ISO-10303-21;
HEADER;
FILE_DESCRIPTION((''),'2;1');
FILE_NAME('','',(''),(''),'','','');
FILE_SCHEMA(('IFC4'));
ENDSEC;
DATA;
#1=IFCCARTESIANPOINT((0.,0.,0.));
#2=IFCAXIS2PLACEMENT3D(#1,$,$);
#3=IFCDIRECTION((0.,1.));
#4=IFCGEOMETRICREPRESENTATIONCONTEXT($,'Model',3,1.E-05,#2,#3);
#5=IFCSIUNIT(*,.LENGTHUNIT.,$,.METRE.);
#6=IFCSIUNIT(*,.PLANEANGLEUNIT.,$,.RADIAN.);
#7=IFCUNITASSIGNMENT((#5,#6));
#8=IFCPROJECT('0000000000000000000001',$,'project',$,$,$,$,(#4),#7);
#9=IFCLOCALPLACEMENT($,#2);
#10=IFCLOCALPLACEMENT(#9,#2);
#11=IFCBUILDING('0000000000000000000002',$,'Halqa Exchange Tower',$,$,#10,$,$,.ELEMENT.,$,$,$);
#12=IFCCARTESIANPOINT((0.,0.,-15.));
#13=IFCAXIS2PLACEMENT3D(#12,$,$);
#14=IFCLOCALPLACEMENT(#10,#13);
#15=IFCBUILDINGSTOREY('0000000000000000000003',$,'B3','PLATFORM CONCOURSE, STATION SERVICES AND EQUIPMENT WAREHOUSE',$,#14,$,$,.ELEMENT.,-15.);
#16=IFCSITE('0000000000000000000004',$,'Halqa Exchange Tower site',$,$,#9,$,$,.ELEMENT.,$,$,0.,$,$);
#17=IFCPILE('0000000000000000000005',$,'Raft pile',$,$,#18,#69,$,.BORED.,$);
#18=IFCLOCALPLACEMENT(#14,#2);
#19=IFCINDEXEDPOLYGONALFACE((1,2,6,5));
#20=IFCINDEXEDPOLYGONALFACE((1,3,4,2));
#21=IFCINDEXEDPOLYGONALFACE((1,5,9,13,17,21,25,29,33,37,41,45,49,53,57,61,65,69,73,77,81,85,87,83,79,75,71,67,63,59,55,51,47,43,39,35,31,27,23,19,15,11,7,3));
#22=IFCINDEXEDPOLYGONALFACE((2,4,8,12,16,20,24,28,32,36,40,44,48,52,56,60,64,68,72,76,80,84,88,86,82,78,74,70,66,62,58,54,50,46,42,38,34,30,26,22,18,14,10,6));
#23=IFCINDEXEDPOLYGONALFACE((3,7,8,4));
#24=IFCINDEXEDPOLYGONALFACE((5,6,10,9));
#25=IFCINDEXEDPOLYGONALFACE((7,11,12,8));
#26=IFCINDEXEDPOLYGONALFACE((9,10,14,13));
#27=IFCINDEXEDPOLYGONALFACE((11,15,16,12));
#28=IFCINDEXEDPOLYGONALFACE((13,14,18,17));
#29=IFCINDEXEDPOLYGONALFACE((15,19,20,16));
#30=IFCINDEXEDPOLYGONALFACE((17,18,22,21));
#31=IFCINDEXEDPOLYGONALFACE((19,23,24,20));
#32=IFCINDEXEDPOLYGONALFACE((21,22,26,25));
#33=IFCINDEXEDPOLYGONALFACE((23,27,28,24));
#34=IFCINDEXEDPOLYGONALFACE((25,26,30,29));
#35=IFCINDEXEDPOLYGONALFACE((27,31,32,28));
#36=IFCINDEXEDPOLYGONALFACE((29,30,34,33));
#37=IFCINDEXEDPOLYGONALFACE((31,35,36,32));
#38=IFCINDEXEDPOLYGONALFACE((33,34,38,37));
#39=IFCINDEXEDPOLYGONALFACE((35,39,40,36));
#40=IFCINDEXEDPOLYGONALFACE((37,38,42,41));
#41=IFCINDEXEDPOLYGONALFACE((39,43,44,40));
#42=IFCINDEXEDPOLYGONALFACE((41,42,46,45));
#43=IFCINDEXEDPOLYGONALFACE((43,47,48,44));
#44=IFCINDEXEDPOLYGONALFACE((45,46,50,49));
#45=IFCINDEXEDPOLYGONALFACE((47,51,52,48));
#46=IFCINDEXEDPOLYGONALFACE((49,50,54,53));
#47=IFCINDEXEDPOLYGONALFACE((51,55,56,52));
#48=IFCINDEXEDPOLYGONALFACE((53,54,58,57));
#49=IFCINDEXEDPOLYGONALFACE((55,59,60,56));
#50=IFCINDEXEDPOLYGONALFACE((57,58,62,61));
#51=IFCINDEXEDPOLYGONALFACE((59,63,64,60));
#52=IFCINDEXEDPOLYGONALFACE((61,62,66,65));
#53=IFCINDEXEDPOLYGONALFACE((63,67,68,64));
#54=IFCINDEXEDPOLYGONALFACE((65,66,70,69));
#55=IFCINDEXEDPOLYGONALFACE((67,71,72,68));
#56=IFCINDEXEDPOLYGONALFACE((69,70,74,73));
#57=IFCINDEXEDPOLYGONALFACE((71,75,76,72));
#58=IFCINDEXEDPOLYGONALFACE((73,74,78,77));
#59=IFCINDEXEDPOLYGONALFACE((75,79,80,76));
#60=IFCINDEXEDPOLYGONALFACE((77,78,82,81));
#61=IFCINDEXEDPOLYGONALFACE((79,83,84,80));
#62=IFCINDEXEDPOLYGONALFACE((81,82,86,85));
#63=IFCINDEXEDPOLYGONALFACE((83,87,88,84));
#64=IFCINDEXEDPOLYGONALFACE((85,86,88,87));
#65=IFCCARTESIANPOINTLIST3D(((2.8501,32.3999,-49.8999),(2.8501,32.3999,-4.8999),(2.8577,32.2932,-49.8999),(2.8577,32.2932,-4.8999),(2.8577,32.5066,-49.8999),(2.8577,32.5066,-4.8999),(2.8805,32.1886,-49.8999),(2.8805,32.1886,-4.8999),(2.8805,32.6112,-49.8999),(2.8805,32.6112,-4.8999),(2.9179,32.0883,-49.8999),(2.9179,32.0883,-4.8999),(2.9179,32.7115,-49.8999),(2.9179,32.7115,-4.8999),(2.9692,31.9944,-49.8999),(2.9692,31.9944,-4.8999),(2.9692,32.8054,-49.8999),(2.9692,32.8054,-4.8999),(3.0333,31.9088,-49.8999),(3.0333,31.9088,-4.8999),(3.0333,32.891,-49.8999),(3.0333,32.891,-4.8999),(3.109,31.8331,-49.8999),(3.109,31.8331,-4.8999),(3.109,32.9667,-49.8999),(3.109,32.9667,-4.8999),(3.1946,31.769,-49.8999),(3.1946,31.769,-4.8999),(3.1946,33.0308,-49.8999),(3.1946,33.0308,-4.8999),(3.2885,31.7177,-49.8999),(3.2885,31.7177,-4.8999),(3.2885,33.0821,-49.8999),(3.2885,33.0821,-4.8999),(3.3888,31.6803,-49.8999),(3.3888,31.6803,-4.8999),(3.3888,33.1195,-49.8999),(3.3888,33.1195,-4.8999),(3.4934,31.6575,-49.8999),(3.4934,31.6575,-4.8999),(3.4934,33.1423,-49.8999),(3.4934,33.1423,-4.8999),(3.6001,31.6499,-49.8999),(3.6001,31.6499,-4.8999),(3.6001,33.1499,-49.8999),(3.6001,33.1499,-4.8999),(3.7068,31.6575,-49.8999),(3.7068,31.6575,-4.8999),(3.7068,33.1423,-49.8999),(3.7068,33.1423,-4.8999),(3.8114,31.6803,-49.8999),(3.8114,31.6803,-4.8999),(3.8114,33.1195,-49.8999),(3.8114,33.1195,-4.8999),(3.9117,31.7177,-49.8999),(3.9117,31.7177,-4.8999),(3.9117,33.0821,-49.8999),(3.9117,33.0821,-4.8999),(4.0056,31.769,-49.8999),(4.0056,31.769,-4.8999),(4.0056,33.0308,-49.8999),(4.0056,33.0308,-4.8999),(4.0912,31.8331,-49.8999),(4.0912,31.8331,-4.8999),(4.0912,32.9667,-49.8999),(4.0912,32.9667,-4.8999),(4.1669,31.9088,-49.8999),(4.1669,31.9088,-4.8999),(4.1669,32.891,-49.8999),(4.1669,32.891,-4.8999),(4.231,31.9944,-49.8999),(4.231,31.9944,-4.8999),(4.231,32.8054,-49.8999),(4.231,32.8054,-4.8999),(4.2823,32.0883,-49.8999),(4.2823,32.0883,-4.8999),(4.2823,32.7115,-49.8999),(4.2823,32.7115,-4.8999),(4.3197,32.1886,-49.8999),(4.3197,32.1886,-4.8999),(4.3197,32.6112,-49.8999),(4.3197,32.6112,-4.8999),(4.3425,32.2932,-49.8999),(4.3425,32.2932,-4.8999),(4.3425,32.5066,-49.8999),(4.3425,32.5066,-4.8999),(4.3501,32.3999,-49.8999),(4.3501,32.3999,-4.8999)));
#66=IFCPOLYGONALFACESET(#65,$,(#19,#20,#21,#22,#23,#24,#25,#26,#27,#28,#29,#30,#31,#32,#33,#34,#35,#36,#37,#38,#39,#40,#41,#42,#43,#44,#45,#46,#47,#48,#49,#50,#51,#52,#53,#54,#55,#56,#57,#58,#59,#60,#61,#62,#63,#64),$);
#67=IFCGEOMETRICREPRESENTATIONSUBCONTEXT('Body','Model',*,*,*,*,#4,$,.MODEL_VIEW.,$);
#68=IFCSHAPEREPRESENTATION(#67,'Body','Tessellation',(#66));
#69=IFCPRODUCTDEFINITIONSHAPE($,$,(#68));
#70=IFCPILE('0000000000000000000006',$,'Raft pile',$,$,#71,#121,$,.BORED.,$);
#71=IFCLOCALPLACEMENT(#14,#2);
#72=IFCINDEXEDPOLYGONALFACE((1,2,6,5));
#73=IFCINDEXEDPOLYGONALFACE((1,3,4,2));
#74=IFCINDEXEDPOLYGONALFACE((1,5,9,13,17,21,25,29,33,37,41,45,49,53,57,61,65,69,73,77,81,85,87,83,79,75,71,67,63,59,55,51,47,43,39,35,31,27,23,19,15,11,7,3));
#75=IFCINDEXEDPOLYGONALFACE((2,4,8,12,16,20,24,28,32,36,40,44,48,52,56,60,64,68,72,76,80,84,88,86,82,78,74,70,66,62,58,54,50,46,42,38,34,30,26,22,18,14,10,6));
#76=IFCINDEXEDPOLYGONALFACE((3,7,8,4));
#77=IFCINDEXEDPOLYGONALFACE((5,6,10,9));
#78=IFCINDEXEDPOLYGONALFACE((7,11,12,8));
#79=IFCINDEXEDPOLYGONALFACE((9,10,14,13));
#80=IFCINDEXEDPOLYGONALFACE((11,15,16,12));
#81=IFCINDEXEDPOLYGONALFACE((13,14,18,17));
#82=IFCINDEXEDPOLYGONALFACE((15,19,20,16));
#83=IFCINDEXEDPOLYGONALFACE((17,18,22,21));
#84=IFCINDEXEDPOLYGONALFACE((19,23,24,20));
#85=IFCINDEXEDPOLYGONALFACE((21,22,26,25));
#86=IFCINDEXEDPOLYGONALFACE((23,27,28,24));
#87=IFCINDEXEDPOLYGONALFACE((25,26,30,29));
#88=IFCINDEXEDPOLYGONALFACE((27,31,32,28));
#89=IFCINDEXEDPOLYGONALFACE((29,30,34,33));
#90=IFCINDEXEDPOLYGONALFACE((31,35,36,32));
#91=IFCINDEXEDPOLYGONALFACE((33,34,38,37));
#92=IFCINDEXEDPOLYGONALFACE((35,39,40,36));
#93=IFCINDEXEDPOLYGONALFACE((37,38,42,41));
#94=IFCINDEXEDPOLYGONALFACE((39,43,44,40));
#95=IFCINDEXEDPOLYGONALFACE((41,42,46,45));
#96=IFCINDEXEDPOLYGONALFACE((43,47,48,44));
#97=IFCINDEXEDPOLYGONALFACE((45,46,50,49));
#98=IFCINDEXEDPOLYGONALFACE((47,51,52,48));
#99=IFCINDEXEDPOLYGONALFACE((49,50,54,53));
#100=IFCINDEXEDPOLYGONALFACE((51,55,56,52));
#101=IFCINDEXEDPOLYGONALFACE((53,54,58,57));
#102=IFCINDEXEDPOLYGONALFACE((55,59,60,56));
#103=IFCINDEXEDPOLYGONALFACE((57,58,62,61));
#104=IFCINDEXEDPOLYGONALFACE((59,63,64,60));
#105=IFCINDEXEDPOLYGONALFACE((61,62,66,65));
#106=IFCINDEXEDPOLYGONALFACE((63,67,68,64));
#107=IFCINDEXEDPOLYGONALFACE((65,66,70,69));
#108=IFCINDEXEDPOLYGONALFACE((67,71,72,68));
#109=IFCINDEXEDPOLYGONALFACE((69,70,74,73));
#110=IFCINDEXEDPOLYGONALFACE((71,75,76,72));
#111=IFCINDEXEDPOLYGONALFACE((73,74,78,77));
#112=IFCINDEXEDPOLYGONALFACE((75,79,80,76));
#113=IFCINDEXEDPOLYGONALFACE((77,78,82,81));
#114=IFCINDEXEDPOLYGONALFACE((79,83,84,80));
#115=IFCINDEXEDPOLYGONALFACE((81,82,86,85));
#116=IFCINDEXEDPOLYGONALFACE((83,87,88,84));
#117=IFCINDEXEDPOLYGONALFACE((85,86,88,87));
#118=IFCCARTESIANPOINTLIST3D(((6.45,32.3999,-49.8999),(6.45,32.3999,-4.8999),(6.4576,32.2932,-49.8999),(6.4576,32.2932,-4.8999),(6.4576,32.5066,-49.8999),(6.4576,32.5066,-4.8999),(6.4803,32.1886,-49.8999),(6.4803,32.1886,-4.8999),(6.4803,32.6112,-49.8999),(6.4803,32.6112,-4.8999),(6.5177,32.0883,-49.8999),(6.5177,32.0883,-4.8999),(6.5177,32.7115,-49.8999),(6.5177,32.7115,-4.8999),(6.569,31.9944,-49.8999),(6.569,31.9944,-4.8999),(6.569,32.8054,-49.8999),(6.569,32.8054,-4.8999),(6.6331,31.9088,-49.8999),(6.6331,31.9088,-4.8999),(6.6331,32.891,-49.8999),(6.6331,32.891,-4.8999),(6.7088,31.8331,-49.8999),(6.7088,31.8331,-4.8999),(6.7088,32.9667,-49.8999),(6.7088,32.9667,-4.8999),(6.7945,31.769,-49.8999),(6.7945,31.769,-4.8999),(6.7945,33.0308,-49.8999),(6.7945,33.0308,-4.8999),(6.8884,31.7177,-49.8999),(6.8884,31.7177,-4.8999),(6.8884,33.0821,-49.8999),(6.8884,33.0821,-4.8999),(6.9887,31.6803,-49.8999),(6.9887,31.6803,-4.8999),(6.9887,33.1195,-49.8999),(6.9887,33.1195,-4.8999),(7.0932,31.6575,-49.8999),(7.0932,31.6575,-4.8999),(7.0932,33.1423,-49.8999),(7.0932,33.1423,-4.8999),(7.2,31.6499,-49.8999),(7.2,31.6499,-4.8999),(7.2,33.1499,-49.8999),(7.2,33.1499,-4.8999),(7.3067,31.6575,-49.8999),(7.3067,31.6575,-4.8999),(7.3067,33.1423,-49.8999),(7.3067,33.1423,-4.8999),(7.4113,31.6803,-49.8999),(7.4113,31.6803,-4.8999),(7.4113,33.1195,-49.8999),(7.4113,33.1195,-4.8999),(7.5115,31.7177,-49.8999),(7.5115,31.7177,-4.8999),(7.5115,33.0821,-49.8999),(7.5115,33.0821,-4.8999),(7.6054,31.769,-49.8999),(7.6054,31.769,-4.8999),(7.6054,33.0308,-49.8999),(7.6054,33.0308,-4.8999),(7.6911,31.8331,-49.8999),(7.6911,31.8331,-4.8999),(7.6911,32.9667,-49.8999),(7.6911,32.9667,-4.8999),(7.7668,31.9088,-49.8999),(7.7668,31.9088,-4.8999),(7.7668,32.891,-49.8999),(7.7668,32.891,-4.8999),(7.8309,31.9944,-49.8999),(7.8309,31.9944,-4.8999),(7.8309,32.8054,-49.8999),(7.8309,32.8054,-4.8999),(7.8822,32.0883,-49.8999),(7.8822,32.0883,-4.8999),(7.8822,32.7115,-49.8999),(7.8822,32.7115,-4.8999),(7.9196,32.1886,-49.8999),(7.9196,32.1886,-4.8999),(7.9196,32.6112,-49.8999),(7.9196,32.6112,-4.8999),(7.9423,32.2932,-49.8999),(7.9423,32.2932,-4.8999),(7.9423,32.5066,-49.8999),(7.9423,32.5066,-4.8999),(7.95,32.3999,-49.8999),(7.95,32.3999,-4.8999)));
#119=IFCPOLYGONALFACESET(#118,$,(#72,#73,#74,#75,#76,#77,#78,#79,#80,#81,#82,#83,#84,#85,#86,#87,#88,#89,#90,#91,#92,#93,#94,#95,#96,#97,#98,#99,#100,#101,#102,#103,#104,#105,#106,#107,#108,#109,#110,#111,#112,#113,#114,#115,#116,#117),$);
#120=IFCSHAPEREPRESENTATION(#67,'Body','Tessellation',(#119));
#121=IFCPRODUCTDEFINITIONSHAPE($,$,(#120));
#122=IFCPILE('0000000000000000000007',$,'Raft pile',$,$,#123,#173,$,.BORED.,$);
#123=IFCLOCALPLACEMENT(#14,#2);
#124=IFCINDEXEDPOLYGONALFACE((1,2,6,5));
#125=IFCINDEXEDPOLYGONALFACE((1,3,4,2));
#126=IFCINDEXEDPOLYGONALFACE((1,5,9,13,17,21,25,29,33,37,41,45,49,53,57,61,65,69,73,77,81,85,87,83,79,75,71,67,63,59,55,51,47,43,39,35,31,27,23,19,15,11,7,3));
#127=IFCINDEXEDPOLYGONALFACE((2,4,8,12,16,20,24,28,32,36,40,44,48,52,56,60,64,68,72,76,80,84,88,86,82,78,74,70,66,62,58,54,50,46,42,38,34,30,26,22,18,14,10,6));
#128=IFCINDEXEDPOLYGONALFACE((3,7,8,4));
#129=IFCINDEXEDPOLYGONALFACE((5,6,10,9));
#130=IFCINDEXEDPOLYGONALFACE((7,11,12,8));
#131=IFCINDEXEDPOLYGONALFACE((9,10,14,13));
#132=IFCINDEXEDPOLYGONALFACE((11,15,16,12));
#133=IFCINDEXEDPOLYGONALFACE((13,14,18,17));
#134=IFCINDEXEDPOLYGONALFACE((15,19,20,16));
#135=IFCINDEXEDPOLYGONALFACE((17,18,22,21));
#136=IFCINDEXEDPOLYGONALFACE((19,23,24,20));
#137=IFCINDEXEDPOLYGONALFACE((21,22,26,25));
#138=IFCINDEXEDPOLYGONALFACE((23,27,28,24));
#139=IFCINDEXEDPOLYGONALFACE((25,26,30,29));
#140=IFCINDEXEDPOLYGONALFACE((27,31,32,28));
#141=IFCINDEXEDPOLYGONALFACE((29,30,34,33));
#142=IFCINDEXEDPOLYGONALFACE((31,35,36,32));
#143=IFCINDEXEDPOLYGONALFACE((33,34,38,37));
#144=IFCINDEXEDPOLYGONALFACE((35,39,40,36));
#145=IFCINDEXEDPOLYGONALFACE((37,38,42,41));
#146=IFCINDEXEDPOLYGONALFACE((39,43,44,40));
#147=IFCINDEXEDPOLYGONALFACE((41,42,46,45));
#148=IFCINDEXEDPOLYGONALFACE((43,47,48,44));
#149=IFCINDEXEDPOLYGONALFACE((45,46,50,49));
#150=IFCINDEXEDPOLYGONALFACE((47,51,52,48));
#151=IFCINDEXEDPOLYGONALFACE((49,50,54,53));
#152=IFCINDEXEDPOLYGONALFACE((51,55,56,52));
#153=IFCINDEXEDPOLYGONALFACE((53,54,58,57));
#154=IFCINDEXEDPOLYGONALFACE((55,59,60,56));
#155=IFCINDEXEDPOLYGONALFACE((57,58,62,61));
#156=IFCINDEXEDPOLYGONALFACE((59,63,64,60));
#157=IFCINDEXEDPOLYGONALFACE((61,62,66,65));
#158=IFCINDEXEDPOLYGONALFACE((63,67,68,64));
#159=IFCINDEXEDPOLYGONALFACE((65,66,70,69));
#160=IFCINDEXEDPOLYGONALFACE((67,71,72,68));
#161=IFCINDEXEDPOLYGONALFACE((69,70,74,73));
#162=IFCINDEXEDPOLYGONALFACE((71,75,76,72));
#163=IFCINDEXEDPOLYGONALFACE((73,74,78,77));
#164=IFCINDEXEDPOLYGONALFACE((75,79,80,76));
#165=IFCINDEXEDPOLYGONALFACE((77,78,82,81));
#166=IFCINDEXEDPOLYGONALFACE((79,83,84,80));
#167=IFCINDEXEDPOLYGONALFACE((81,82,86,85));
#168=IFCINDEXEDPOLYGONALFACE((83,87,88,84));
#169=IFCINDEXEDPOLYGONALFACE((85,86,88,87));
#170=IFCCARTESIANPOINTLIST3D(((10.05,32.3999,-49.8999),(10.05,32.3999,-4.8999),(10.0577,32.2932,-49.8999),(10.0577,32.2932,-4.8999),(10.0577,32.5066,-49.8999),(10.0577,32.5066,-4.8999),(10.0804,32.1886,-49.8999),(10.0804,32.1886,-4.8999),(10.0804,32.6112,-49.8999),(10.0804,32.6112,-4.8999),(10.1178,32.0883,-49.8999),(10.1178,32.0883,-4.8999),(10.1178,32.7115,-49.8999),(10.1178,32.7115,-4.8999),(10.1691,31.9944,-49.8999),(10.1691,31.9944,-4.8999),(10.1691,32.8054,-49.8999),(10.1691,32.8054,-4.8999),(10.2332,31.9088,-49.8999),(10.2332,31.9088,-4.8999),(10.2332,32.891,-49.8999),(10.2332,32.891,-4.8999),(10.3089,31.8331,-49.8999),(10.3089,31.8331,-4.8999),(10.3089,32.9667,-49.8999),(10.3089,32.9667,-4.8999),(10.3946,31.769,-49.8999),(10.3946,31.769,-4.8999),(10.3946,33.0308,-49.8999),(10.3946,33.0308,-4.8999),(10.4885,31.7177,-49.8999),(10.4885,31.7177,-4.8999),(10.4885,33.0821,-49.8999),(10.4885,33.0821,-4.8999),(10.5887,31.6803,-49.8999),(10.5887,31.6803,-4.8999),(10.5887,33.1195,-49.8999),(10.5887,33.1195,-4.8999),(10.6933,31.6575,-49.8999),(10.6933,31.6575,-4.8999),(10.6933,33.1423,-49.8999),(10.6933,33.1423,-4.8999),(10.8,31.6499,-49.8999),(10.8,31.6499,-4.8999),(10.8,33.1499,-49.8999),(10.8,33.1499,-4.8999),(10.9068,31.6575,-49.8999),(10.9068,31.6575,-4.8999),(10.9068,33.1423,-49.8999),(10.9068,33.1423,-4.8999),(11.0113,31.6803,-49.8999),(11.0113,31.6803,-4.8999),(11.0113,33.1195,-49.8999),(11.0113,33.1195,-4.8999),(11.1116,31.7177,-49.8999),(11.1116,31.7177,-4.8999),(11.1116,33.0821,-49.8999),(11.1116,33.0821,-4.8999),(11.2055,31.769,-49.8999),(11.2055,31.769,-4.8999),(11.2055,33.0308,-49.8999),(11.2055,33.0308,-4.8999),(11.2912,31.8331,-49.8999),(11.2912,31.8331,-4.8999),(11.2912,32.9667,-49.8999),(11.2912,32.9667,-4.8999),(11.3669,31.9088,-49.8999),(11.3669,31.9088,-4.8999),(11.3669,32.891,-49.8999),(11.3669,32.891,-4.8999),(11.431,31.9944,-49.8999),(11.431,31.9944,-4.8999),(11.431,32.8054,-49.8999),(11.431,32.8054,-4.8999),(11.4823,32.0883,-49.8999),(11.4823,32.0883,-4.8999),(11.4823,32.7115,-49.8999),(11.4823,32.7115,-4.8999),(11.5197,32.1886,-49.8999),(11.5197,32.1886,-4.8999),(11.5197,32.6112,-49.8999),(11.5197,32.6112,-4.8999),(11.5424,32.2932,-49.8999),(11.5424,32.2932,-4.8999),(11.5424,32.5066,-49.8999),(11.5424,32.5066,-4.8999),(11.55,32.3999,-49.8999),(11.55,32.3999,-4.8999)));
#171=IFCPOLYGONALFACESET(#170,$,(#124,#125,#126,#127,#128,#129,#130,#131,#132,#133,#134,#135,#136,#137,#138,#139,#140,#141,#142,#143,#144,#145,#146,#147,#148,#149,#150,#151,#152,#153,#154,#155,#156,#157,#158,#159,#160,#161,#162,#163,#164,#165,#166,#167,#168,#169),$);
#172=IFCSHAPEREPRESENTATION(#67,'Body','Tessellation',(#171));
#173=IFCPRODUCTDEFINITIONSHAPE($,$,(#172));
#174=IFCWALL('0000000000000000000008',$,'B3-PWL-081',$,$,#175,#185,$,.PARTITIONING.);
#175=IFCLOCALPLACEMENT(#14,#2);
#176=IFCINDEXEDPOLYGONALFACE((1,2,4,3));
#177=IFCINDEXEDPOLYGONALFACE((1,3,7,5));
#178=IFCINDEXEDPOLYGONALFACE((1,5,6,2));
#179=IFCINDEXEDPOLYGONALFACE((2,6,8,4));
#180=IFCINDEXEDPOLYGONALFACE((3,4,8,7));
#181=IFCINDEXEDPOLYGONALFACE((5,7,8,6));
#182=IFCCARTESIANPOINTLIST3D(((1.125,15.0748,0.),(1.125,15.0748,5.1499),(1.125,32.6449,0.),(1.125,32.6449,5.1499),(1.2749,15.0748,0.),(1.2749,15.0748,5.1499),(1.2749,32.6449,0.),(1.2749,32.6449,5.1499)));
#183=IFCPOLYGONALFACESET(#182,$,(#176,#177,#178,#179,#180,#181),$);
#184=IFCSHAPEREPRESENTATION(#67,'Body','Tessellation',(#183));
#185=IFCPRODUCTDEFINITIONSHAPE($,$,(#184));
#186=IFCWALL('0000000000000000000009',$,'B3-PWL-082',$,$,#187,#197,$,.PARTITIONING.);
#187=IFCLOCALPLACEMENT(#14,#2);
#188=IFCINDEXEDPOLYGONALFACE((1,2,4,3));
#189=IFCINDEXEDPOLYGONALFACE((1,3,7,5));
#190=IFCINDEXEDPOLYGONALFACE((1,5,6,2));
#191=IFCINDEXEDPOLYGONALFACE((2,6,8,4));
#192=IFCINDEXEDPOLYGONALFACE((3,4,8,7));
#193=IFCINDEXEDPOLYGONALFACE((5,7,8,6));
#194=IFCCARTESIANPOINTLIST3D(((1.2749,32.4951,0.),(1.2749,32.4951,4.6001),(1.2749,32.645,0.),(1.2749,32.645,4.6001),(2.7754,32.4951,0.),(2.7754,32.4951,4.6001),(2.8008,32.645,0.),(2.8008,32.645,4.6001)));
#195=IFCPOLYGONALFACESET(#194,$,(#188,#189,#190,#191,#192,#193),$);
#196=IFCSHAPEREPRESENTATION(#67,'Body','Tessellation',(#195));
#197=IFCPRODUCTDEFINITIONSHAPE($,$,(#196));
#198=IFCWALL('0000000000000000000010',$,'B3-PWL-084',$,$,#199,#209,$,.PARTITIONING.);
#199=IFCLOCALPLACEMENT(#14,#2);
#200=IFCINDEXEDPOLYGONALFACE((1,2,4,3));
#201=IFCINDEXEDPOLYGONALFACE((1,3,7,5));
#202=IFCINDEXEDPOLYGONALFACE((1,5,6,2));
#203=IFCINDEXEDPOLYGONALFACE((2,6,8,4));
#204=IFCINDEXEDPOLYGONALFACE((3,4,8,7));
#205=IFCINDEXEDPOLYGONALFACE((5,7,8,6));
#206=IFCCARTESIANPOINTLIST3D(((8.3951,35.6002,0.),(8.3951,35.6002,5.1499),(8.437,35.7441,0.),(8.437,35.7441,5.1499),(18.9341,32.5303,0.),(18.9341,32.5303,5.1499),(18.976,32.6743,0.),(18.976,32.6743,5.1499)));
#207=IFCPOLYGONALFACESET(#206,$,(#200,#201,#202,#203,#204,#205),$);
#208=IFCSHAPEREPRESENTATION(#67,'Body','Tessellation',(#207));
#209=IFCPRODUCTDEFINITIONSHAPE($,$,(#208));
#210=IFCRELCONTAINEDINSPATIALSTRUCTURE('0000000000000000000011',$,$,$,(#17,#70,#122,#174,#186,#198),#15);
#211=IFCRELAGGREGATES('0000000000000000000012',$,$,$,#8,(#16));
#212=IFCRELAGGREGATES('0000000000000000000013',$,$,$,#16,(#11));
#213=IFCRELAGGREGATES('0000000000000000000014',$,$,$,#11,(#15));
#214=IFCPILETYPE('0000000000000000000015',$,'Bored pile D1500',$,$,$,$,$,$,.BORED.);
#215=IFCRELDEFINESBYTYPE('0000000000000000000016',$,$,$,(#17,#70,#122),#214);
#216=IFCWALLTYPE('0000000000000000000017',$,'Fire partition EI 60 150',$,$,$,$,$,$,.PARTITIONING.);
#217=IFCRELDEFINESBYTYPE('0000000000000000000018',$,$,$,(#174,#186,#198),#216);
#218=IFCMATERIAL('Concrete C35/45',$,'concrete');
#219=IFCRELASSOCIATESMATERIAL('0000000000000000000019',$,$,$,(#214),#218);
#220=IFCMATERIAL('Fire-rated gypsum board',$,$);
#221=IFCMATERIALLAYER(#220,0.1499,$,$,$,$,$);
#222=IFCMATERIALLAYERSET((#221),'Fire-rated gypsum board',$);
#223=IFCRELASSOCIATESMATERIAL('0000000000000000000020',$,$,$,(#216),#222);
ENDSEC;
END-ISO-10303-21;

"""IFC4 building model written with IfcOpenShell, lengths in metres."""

from ifc_helpers import new_model, si_unit, direction, frame, frame_2d, origin, origin_2d, place, context, subcontext, project, spatial, polyline, rectangle, circle, outline, extrude, material, layer, layer_set, material_profile, profile_set, type_object, element, save


model = new_model("IFC4")

# Units and contexts
model_context = context("Model", 3, precision=1e-05, world=origin(), true_north=direction((0.0, 1.0)))
body_context = subcontext(model_context, "Body", "Model", "MODEL_VIEW")
ifc_project = project(units=[si_unit("LENGTHUNIT", "METRE"), si_unit("PLANEANGLEUNIT", "RADIAN")], contexts=[model_context])

# Site, building, storey
site_placement = place(None, origin())
site = spatial("IfcSite", under=ifc_project, at=site_placement, Name="Halqa Exchange Tower site", CompositionType="ELEMENT", RefElevation=0.0)
building_placement = place(site_placement, origin())
building = spatial("IfcBuilding", under=site, at=building_placement, Name="Halqa Exchange Tower", CompositionType="ELEMENT")
storey_placement = place(building_placement, frame((0.0, 0.0, -15.0)))
storey = spatial("IfcBuildingStorey", under=building, at=storey_placement, Name="B3", Description="PLATFORM CONCOURSE, STATION SERVICES AND EQUIPMENT WAREHOUSE", CompositionType="ELEMENT", Elevation=-15.0)

# Piles
ifc_material_1 = material(Name="Concrete C35/45", Category="concrete")
ifc_material_profile_1 = material_profile(ifc_material_1, circle(Radius=0.75, at=origin_2d()), Name="D1500")
ifc_profile_set_1 = profile_set([ifc_material_profile_1], Name="Concrete C35/45")
pile_type_1 = type_object("IfcPileType", Name="Bored pile D1500", PredefinedType="BORED", material=ifc_profile_set_1)
for number, where, z_axis, x_axis, name in (
    (1, (3.6001, 32.3999, -4.8999), (0.0, 0.0, -1.0), (1.0, 0.0, 0.0), "Raft pile"),
    (2, (7.2, 32.3999, -4.8999), (0.0, 0.0, -1.0), (1.0, 0.0, 0.0), "Raft pile"),
    (3, (10.8, 32.3999, -4.8999), (0.0, 0.0, -1.0), (1.0, 0.0, 0.0), "Raft pile"),
):
    element("IfcPile", number, at=place(storey_placement, frame(where, z_axis=z_axis, x_axis=x_axis)), inside=storey, type_object=pile_type_1, Name=name, PredefinedType="BORED", context=body_context, shape_type="SweptSolid", body=[
        extrude(circle(Radius=0.75, at=origin_2d()), origin(), (0.0, 0.0, 1.0), 45.0),
    ])

# Walls
ifc_material_2 = material(Name="Fire-rated gypsum board")
ifc_layer_1 = layer(ifc_material_2, 0.1499)
ifc_layer_set_1 = layer_set([ifc_layer_1], Name="Fire-rated gypsum board")
wall_type_1 = type_object("IfcWallType", Name="Fire partition EI 60 150", PredefinedType="PARTITIONING", material=ifc_layer_set_1)
wall_1_placement = place(storey_placement, frame((1.2, 32.645, 0.0), z_axis=(0.0, 0.0, 1.0), x_axis=(0.0, -1.0, 0.0)))
element("IfcWall", 4, at=wall_1_placement, inside=storey, type_object=wall_type_1, Name="B3-PWL-081", PredefinedType="PARTITIONING", context=body_context, shape_type="SweptSolid", body=[
    extrude(rectangle(XDim=17.5701, YDim=0.1499, at=frame_2d((8.7852, 0.0))), origin(), (0.0, 0.0, 1.0), 5.1499),
])
wall_2_placement = place(storey_placement, frame((2.7881, 32.5701, 0.0), z_axis=(0.0, 0.0, 1.0), x_axis=(-1.0, 0.0, 0.0)))
element("IfcWall", 5, at=wall_2_placement, inside=storey, type_object=wall_type_1, Name="B3-PWL-082", PredefinedType="PARTITIONING", context=body_context, shape_type="SweptSolid", body=[
    extrude(outline(polyline([(-0.0127, -0.075), (1.5132, -0.075), (1.5132, 0.075), (0.0127, 0.075), (-0.0127, -0.075)])), origin(), (0.0, 0.0, 1.0), 4.6001),
])
wall_3_placement = place(storey_placement, frame((8.416, 35.6721, 0.0), z_axis=(0.0, 0.0, 1.0), x_axis=(0.9601, -0.279658, 0.0)))
element("IfcWall", 6, at=wall_3_placement, inside=storey, type_object=wall_type_1, Name="B3-PWL-084", PredefinedType="PARTITIONING", context=body_context, shape_type="SweptSolid", body=[
    extrude(rectangle(XDim=10.9771, YDim=0.1499, at=frame_2d((5.4885, 0.0))), origin(), (0.0, 0.0, 1.0), 5.1499),
])

save(model, "model.ifc")
